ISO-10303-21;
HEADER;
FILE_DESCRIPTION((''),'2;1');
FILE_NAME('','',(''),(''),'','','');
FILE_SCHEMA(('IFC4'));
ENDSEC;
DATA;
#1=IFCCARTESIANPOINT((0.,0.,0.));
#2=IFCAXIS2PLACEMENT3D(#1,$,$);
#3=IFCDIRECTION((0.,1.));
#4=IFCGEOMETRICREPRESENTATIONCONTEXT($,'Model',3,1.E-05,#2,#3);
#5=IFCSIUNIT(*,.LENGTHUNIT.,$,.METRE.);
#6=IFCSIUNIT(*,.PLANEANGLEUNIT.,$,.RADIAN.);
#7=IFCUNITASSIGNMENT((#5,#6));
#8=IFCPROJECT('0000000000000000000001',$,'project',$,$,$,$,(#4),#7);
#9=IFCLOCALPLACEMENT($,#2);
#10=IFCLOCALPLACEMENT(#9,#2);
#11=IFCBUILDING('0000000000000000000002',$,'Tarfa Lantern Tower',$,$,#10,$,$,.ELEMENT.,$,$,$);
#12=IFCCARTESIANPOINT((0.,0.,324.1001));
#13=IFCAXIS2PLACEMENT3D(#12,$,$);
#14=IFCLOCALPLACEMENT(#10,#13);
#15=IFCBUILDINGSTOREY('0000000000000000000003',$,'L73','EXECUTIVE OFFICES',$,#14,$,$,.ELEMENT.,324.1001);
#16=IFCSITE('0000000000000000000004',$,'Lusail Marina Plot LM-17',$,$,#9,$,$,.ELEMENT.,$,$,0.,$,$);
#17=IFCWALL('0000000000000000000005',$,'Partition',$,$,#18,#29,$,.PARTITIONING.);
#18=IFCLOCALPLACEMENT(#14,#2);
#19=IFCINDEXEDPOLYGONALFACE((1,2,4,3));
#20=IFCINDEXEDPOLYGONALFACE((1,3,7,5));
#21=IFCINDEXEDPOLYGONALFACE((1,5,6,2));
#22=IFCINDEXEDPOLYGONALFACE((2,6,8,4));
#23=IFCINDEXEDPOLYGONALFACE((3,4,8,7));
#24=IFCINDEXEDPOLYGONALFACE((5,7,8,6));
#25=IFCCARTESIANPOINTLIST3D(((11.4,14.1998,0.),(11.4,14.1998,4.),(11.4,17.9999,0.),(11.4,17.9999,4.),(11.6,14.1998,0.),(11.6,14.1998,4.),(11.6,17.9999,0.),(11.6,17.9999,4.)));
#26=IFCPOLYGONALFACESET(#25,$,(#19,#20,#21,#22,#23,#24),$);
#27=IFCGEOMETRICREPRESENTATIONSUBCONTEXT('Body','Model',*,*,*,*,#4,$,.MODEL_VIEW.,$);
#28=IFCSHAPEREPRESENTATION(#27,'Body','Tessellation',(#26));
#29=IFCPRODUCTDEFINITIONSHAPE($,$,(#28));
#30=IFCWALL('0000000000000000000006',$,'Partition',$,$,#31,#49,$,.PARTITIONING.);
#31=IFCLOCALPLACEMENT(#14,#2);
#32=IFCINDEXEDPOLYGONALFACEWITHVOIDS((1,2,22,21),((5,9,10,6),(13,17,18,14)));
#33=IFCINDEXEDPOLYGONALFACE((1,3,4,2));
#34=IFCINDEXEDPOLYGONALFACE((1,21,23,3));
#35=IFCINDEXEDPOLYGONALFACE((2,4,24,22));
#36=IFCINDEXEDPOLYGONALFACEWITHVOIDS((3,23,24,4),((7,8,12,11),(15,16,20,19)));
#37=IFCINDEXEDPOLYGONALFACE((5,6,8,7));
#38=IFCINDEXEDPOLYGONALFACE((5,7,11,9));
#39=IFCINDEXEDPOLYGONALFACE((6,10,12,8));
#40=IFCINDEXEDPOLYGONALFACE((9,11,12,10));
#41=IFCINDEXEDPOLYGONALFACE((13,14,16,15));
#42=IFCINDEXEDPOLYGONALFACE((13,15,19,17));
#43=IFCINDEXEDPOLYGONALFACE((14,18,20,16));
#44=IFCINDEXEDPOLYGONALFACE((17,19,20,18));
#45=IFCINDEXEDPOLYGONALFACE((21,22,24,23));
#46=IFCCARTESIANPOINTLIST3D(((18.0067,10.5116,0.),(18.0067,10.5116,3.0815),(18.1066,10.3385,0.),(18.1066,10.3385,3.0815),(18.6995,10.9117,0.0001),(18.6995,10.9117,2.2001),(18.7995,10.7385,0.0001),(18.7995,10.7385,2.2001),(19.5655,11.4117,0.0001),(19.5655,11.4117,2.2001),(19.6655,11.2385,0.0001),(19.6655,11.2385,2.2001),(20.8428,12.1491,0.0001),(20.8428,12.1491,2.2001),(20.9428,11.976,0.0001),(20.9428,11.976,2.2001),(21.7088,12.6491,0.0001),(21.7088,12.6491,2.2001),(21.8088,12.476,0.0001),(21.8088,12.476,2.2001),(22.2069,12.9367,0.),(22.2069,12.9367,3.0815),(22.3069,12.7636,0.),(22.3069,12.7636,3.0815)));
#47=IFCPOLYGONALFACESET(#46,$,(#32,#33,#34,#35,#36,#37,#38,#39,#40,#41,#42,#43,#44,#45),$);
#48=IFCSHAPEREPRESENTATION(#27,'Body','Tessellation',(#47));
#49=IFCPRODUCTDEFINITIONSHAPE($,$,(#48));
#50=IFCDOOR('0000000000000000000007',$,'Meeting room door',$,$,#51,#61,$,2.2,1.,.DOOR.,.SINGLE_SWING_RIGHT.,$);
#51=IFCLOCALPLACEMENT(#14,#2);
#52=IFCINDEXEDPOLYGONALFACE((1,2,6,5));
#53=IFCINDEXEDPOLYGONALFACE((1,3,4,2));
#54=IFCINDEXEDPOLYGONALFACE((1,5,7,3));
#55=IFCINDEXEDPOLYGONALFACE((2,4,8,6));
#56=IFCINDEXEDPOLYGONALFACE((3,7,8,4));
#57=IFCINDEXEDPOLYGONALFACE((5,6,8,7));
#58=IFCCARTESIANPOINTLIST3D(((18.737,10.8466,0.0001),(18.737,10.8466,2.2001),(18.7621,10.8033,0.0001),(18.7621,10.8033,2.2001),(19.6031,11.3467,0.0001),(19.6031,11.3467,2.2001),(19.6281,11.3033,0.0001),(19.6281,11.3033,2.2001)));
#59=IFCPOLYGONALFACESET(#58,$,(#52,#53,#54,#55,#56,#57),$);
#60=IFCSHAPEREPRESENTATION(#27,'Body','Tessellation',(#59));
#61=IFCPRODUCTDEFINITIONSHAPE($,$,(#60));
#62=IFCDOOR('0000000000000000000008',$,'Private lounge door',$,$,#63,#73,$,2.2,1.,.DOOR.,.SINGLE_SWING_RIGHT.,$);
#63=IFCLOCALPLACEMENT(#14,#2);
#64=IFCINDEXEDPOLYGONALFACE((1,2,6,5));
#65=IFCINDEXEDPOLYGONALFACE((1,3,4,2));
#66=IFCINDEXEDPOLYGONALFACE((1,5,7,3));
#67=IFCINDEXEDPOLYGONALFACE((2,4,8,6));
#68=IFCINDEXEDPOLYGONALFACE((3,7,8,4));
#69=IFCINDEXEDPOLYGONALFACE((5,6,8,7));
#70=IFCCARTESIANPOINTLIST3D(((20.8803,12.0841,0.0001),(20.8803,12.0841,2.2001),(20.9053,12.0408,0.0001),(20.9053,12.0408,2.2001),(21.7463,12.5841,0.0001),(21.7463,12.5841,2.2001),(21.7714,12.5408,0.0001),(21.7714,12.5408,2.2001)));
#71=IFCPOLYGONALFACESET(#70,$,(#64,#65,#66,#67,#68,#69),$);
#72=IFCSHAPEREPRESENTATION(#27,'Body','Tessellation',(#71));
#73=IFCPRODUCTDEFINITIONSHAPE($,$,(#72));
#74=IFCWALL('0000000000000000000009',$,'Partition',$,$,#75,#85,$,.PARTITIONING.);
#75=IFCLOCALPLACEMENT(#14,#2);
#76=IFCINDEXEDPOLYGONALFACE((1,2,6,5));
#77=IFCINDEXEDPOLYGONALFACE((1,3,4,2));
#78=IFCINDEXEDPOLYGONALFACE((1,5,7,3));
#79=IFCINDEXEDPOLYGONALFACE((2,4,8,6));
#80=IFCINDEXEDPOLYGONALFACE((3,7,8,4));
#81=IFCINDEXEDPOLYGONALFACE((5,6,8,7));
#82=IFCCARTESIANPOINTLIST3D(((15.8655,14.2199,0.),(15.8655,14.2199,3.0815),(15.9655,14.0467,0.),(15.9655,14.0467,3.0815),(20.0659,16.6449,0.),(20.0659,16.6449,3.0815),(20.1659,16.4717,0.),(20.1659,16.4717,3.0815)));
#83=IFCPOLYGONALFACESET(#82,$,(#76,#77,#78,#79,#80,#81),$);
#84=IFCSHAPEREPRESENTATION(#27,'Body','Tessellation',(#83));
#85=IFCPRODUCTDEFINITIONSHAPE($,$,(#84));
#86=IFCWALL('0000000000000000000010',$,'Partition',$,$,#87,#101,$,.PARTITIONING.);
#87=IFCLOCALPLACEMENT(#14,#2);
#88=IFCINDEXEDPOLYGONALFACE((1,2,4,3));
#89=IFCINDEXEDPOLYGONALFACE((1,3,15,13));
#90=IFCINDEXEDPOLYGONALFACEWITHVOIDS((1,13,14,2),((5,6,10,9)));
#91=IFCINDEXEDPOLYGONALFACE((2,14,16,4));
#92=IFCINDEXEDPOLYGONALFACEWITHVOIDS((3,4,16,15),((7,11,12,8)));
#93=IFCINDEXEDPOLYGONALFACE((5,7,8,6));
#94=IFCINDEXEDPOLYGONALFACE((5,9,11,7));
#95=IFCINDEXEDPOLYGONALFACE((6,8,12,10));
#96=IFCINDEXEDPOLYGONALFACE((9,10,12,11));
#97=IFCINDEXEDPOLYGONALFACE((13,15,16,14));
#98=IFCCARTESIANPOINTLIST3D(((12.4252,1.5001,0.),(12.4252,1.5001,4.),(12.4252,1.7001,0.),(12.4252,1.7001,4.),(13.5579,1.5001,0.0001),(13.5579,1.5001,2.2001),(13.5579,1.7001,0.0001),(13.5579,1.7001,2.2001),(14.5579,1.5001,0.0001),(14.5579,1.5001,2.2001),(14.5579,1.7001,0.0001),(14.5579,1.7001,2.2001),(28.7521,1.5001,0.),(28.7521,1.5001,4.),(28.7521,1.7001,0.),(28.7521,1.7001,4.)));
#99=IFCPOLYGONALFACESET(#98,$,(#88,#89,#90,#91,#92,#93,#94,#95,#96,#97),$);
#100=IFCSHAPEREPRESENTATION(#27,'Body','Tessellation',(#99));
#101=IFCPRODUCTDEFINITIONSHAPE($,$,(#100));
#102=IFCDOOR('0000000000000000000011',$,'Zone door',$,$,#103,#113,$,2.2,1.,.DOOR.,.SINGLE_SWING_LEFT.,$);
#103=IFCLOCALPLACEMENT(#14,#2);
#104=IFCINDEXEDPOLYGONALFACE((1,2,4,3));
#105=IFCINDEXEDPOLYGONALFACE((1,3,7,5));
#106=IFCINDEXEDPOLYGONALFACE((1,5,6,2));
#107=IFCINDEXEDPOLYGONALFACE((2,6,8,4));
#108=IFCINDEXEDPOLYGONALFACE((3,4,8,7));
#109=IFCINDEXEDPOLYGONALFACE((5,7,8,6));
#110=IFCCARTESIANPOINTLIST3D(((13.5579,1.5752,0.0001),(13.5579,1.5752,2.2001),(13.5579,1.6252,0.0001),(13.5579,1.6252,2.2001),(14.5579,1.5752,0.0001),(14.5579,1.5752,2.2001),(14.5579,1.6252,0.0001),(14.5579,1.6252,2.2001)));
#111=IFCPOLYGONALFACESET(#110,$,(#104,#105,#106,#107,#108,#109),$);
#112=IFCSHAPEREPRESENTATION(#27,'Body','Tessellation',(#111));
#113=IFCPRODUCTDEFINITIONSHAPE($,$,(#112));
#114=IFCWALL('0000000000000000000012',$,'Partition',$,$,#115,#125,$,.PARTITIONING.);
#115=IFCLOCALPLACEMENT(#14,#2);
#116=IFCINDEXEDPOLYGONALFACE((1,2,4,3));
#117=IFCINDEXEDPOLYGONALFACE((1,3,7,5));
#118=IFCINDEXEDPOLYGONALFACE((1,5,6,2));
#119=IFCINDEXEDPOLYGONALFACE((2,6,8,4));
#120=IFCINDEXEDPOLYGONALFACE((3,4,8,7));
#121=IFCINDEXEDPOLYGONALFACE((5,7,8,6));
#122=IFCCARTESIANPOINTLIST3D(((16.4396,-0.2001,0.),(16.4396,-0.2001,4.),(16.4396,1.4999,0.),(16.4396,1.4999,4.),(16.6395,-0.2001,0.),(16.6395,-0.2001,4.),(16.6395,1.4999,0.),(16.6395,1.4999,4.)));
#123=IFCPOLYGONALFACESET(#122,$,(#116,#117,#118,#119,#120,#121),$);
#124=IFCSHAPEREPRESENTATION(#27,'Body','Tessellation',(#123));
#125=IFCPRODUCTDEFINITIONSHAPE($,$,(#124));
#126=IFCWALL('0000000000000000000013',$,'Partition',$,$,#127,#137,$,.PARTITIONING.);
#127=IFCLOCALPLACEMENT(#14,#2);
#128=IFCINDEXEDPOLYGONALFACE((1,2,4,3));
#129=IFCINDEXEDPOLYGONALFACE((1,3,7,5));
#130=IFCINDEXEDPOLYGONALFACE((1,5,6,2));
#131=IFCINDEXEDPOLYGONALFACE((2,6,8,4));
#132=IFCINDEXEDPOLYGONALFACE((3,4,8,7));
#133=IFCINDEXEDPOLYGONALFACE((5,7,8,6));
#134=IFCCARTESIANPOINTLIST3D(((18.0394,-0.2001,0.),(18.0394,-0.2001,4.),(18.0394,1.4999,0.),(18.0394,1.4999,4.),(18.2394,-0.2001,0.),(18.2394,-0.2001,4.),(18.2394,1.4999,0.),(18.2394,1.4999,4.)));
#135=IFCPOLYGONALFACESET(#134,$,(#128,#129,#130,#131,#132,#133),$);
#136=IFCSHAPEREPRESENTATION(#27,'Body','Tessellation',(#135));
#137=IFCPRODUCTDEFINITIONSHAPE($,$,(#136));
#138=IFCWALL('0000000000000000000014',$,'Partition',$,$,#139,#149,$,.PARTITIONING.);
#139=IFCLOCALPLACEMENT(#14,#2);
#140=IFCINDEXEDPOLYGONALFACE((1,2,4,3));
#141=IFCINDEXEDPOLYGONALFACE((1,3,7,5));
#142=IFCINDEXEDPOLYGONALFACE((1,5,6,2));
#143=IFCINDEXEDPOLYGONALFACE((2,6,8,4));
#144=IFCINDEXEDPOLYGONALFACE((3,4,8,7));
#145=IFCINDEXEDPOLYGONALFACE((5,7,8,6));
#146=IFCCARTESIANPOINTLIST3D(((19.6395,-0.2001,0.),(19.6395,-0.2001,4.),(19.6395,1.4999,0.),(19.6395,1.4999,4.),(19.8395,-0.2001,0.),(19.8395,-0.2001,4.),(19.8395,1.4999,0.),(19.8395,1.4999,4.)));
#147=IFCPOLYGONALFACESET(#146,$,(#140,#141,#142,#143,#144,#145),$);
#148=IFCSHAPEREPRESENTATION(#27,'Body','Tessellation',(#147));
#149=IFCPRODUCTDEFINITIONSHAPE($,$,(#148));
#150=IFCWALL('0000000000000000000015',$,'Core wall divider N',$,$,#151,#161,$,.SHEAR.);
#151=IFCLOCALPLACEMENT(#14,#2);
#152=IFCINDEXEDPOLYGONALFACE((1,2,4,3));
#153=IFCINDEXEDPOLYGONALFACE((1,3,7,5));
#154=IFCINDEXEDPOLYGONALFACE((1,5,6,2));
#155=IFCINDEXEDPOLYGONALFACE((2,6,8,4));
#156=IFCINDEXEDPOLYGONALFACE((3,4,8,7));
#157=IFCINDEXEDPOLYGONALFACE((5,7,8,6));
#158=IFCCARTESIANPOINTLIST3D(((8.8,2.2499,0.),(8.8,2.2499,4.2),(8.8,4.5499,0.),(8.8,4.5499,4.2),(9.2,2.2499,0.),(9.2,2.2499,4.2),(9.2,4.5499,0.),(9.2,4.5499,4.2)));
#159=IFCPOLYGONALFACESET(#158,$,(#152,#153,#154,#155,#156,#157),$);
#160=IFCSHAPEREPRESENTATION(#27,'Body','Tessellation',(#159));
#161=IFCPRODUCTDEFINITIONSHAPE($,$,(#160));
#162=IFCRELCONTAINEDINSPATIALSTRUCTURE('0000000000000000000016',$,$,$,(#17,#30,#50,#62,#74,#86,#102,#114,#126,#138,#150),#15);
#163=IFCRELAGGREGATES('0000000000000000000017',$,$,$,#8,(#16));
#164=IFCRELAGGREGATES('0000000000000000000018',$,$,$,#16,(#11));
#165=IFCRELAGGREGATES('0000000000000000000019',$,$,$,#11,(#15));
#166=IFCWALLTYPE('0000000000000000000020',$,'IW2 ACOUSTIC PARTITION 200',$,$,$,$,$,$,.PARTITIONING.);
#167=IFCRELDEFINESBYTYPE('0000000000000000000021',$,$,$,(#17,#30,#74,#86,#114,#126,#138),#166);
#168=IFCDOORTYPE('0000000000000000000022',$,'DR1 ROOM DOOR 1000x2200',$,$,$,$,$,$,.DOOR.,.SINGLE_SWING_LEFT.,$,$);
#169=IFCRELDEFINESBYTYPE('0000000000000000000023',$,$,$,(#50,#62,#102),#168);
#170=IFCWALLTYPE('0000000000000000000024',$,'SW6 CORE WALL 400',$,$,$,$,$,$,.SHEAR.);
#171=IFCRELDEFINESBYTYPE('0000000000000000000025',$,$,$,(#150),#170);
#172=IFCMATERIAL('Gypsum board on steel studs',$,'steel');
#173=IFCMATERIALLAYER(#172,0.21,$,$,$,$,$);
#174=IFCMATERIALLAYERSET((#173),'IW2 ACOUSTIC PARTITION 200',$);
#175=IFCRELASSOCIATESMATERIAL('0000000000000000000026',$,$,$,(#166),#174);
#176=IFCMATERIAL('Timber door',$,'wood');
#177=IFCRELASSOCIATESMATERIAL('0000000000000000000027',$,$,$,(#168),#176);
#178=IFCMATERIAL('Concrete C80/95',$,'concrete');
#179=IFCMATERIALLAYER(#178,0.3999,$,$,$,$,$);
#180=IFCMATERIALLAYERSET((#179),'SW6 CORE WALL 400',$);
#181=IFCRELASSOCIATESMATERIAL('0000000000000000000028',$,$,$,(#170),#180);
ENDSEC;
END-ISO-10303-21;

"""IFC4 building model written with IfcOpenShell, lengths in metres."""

from ifc_helpers import new_model, si_unit, direction, frame, frame_2d, origin, place, context, subcontext, project, spatial, rectangle, extrude, material, layer, layer_set, type_object, element, fill, save


model = new_model("IFC4")

# Units and contexts
model_context = context("Model", 3, precision=1e-05, world=origin(), true_north=direction((0.0, 1.0)))
body_context = subcontext(model_context, "Body", "Model", "MODEL_VIEW")
ifc_project = project(units=[si_unit("LENGTHUNIT", "METRE"), si_unit("PLANEANGLEUNIT", "RADIAN")], contexts=[model_context])

# Site, building, storey
site_placement = place(None, origin())
site = spatial("IfcSite", under=ifc_project, at=site_placement, Name="Lusail Marina Plot LM-17", CompositionType="ELEMENT", RefElevation=0.0)
building_placement = place(site_placement, origin())
building = spatial("IfcBuilding", under=site, at=building_placement, Name="Tarfa Lantern Tower", CompositionType="ELEMENT")
storey_placement = place(building_placement, frame((0.0, 0.0, 324.1001)))
storey = spatial("IfcBuildingStorey", under=building, at=storey_placement, Name="L73", Description="EXECUTIVE OFFICES", CompositionType="ELEMENT", Elevation=324.1001)

# Shared definitions
ifc_material_1 = material(Name="Concrete C80/95", Category="concrete")

# Wall
ifc_material_2 = material(Name="Gypsum board on steel studs", Category="steel")
ifc_layer_1 = layer(ifc_material_2, 0.21)
ifc_layer_set_1 = layer_set([ifc_layer_1], Name="IW2 ACOUSTIC PARTITION 200")
wall_type_1 = type_object("IfcWallType", Name="IW2 ACOUSTIC PARTITION 200", PredefinedType="PARTITIONING", material=ifc_layer_set_1)
wall_1_placement = place(storey_placement, frame((11.5, 14.2, 0.0), z_axis=(0.0, 0.0, 1.0), x_axis=(0.0, 1.0, 0.0)))
element("IfcWall", 1, at=wall_1_placement, inside=storey, type_object=wall_type_1, Name="Partition", PredefinedType="PARTITIONING", context=body_context, shape_type="SweptSolid", body=[
    extrude(rectangle(XDim=3.8, YDim=0.2, at=frame_2d((1.8999, 0.0))), origin(), (0.0, 0.0, 1.0), 4.0),
])

# Wall, openings, doors
wall_2_placement = place(storey_placement, frame((18.0566, 10.425, 0.0), z_axis=(0.0, 0.0, 1.0), x_axis=(0.86602, 0.50001, 0.0)))
wall_2 = element("IfcWall", 2, at=wall_2_placement, inside=storey, type_object=wall_type_1, Name="Partition", PredefinedType="PARTITIONING", context=body_context, shape_type="SweptSolid", body=[
    extrude(rectangle(XDim=4.8501, YDim=0.2, at=frame_2d((2.425, 0.0))), origin(), (0.0, 0.0, 1.0), 3.0815),
])
opening_1_placement = place(wall_2_placement, frame((0.8, 0.0, 0.0)))
opening_1 = element("IfcOpeningElement", 3, at=opening_1_placement, cuts=wall_2, PredefinedType="OPENING", context=body_context, shape_type="SweptSolid", body=[
    extrude(rectangle(XDim=1.0, YDim=2.2, at=frame_2d((0.5, 1.1001))), frame((0.0, 0.1099, 0.0), z_axis=(0.0, -1.0, 0.0), x_axis=(1.0, 0.0, 0.0)), (0.0, 0.0, 1.0), 0.22),
])
opening_2_placement = place(wall_2_placement, frame((3.2749, 0.0, 0.0)))
opening_2 = element("IfcOpeningElement", 4, at=opening_2_placement, cuts=wall_2, PredefinedType="OPENING", context=body_context, shape_type="SweptSolid", body=[
    extrude(rectangle(XDim=1.0, YDim=2.2, at=frame_2d((0.5, 1.1001))), frame((0.0, 0.1099, 0.0), z_axis=(0.0, -1.0, 0.0), x_axis=(1.0, 0.0, 0.0)), (0.0, 0.0, 1.0), 0.22),
])
ifc_material_3 = material(Name="Timber door", Category="wood")
door_type = type_object("IfcDoorType", Name="DR1 ROOM DOOR 1000x2200", OperationType="SINGLE_SWING_LEFT", PredefinedType="DOOR", material=ifc_material_3)
door_1_placement = place(opening_1_placement, origin())
door_1 = element("IfcDoor", 5, at=door_1_placement, inside=storey, type_object=door_type, Name="Meeting room door", OperationType="SINGLE_SWING_RIGHT", OverallHeight=2.2, OverallWidth=1.0, PredefinedType="DOOR", context=body_context, shape_type="SweptSolid", body=[
    extrude(rectangle(XDim=1.0, YDim=2.2, at=frame_2d((0.5, 1.1001))), frame((0.0, 0.0249, 0.0), z_axis=(0.0, -1.0, 0.0), x_axis=(1.0, 0.0, 0.0)), (0.0, 0.0, 1.0), 0.05),
])
fill(opening_1, door_1)
door_2_placement = place(opening_2_placement, origin())
door_2 = element("IfcDoor", 6, at=door_2_placement, inside=storey, type_object=door_type, Name="Private lounge door", OperationType="SINGLE_SWING_RIGHT", OverallHeight=2.2, OverallWidth=1.0, PredefinedType="DOOR", context=body_context, shape_type="SweptSolid", body=[
    extrude(rectangle(XDim=1.0, YDim=2.2, at=frame_2d((0.5, 1.1001))), frame((0.0, 0.0249, 0.0), z_axis=(0.0, -1.0, 0.0), x_axis=(1.0, 0.0, 0.0)), (0.0, 0.0, 1.0), 0.05),
])
fill(opening_2, door_2)

# Wall
wall_3_placement = place(storey_placement, frame((15.9155, 14.1333, 0.0), z_axis=(0.0, 0.0, 1.0), x_axis=(0.866032, 0.499988, 0.0)))
element("IfcWall", 7, at=wall_3_placement, inside=storey, type_object=wall_type_1, Name="Partition", PredefinedType="PARTITIONING", context=body_context, shape_type="SweptSolid", body=[
    extrude(rectangle(XDim=4.8501, YDim=0.2, at=frame_2d((2.425, 0.0))), origin(), (0.0, 0.0, 1.0), 3.0815),
])

# Wall, opening, door
wall_4_placement = place(storey_placement, frame((12.425, 1.6001, 0.0), z_axis=(0.0, 0.0, 1.0), x_axis=(1.0, 0.0, 0.0)))
wall_4 = element("IfcWall", 8, at=wall_4_placement, inside=storey, type_object=wall_type_1, Name="Partition", PredefinedType="PARTITIONING", context=body_context, shape_type="SweptSolid", body=[
    extrude(rectangle(XDim=16.3269, YDim=0.2, at=frame_2d((8.1636, 0.0))), origin(), (0.0, 0.0, 1.0), 4.0),
])
opening_3_placement = place(wall_4_placement, frame((1.1328, 0.0, 0.0)))
opening_3 = element("IfcOpeningElement", 9, at=opening_3_placement, cuts=wall_4, PredefinedType="OPENING", context=body_context, shape_type="SweptSolid", body=[
    extrude(rectangle(XDim=1.0, YDim=2.2, at=frame_2d((0.5, 1.1001))), frame((0.0, 0.1099, 0.0), z_axis=(0.0, -1.0, 0.0), x_axis=(1.0, 0.0, 0.0)), (0.0, 0.0, 1.0), 0.22),
])
door_3_placement = place(opening_3_placement, frame((1.0, 0.0, 0.0), z_axis=(0.0, 0.0, 1.0), x_axis=(-1.0, 0.0, 0.0)))
door_3 = element("IfcDoor", 10, at=door_3_placement, inside=storey, type_object=door_type, Name="Zone door", OperationType="SINGLE_SWING_LEFT", OverallHeight=2.2, OverallWidth=1.0, PredefinedType="DOOR", context=body_context, shape_type="SweptSolid", body=[
    extrude(rectangle(XDim=1.0, YDim=2.2, at=frame_2d((0.5, 1.1001))), frame((0.0, 0.0249, 0.0), z_axis=(0.0, -1.0, 0.0), x_axis=(1.0, 0.0, 0.0)), (0.0, 0.0, 1.0), 0.05),
])
fill(opening_3, door_3)

# Walls
for number, where, z_axis, x_axis, name in (
    (11, (16.5396, 1.5, 0.0), (0.0, 0.0, 1.0), (0.0, -1.0, 0.0), "Partition"),
    (12, (18.1394, 1.5, 0.0), (0.0, 0.0, 1.0), (0.0, -1.0, 0.0), "Partition"),
    (13, (19.7395, 1.5, 0.0), (0.0, 0.0, 1.0), (0.0, -1.0, 0.0), "Partition"),
):
    element("IfcWall", number, at=place(storey_placement, frame(where, z_axis=z_axis, x_axis=x_axis)), inside=storey, type_object=wall_type_1, Name=name, PredefinedType="PARTITIONING", context=body_context, shape_type="SweptSolid", body=[
        extrude(rectangle(XDim=1.7, YDim=0.2, at=frame_2d((0.8501, 0.0))), origin(), (0.0, 0.0, 1.0), 4.0),
    ])
ifc_layer_2 = layer(ifc_material_1, 0.3999)
ifc_layer_set_2 = layer_set([ifc_layer_2], Name="SW6 CORE WALL 400")
wall_type_2 = type_object("IfcWallType", Name="SW6 CORE WALL 400", PredefinedType="SHEAR", material=ifc_layer_set_2)
wall_5_placement = place(storey_placement, frame((9.0, 2.25, 0.0), z_axis=(0.0, 0.0, 1.0), x_axis=(0.0, 1.0, 0.0)))
element("IfcWall", 14, at=wall_5_placement, inside=storey, type_object=wall_type_2, Name="Core wall divider N", PredefinedType="SHEAR", context=body_context, shape_type="SweptSolid", body=[
    extrude(rectangle(XDim=2.3, YDim=0.3999, at=frame_2d((1.1499, 0.0))), origin(), (0.0, 0.0, 1.0), 4.2),
])

save(model, "model.ifc")
